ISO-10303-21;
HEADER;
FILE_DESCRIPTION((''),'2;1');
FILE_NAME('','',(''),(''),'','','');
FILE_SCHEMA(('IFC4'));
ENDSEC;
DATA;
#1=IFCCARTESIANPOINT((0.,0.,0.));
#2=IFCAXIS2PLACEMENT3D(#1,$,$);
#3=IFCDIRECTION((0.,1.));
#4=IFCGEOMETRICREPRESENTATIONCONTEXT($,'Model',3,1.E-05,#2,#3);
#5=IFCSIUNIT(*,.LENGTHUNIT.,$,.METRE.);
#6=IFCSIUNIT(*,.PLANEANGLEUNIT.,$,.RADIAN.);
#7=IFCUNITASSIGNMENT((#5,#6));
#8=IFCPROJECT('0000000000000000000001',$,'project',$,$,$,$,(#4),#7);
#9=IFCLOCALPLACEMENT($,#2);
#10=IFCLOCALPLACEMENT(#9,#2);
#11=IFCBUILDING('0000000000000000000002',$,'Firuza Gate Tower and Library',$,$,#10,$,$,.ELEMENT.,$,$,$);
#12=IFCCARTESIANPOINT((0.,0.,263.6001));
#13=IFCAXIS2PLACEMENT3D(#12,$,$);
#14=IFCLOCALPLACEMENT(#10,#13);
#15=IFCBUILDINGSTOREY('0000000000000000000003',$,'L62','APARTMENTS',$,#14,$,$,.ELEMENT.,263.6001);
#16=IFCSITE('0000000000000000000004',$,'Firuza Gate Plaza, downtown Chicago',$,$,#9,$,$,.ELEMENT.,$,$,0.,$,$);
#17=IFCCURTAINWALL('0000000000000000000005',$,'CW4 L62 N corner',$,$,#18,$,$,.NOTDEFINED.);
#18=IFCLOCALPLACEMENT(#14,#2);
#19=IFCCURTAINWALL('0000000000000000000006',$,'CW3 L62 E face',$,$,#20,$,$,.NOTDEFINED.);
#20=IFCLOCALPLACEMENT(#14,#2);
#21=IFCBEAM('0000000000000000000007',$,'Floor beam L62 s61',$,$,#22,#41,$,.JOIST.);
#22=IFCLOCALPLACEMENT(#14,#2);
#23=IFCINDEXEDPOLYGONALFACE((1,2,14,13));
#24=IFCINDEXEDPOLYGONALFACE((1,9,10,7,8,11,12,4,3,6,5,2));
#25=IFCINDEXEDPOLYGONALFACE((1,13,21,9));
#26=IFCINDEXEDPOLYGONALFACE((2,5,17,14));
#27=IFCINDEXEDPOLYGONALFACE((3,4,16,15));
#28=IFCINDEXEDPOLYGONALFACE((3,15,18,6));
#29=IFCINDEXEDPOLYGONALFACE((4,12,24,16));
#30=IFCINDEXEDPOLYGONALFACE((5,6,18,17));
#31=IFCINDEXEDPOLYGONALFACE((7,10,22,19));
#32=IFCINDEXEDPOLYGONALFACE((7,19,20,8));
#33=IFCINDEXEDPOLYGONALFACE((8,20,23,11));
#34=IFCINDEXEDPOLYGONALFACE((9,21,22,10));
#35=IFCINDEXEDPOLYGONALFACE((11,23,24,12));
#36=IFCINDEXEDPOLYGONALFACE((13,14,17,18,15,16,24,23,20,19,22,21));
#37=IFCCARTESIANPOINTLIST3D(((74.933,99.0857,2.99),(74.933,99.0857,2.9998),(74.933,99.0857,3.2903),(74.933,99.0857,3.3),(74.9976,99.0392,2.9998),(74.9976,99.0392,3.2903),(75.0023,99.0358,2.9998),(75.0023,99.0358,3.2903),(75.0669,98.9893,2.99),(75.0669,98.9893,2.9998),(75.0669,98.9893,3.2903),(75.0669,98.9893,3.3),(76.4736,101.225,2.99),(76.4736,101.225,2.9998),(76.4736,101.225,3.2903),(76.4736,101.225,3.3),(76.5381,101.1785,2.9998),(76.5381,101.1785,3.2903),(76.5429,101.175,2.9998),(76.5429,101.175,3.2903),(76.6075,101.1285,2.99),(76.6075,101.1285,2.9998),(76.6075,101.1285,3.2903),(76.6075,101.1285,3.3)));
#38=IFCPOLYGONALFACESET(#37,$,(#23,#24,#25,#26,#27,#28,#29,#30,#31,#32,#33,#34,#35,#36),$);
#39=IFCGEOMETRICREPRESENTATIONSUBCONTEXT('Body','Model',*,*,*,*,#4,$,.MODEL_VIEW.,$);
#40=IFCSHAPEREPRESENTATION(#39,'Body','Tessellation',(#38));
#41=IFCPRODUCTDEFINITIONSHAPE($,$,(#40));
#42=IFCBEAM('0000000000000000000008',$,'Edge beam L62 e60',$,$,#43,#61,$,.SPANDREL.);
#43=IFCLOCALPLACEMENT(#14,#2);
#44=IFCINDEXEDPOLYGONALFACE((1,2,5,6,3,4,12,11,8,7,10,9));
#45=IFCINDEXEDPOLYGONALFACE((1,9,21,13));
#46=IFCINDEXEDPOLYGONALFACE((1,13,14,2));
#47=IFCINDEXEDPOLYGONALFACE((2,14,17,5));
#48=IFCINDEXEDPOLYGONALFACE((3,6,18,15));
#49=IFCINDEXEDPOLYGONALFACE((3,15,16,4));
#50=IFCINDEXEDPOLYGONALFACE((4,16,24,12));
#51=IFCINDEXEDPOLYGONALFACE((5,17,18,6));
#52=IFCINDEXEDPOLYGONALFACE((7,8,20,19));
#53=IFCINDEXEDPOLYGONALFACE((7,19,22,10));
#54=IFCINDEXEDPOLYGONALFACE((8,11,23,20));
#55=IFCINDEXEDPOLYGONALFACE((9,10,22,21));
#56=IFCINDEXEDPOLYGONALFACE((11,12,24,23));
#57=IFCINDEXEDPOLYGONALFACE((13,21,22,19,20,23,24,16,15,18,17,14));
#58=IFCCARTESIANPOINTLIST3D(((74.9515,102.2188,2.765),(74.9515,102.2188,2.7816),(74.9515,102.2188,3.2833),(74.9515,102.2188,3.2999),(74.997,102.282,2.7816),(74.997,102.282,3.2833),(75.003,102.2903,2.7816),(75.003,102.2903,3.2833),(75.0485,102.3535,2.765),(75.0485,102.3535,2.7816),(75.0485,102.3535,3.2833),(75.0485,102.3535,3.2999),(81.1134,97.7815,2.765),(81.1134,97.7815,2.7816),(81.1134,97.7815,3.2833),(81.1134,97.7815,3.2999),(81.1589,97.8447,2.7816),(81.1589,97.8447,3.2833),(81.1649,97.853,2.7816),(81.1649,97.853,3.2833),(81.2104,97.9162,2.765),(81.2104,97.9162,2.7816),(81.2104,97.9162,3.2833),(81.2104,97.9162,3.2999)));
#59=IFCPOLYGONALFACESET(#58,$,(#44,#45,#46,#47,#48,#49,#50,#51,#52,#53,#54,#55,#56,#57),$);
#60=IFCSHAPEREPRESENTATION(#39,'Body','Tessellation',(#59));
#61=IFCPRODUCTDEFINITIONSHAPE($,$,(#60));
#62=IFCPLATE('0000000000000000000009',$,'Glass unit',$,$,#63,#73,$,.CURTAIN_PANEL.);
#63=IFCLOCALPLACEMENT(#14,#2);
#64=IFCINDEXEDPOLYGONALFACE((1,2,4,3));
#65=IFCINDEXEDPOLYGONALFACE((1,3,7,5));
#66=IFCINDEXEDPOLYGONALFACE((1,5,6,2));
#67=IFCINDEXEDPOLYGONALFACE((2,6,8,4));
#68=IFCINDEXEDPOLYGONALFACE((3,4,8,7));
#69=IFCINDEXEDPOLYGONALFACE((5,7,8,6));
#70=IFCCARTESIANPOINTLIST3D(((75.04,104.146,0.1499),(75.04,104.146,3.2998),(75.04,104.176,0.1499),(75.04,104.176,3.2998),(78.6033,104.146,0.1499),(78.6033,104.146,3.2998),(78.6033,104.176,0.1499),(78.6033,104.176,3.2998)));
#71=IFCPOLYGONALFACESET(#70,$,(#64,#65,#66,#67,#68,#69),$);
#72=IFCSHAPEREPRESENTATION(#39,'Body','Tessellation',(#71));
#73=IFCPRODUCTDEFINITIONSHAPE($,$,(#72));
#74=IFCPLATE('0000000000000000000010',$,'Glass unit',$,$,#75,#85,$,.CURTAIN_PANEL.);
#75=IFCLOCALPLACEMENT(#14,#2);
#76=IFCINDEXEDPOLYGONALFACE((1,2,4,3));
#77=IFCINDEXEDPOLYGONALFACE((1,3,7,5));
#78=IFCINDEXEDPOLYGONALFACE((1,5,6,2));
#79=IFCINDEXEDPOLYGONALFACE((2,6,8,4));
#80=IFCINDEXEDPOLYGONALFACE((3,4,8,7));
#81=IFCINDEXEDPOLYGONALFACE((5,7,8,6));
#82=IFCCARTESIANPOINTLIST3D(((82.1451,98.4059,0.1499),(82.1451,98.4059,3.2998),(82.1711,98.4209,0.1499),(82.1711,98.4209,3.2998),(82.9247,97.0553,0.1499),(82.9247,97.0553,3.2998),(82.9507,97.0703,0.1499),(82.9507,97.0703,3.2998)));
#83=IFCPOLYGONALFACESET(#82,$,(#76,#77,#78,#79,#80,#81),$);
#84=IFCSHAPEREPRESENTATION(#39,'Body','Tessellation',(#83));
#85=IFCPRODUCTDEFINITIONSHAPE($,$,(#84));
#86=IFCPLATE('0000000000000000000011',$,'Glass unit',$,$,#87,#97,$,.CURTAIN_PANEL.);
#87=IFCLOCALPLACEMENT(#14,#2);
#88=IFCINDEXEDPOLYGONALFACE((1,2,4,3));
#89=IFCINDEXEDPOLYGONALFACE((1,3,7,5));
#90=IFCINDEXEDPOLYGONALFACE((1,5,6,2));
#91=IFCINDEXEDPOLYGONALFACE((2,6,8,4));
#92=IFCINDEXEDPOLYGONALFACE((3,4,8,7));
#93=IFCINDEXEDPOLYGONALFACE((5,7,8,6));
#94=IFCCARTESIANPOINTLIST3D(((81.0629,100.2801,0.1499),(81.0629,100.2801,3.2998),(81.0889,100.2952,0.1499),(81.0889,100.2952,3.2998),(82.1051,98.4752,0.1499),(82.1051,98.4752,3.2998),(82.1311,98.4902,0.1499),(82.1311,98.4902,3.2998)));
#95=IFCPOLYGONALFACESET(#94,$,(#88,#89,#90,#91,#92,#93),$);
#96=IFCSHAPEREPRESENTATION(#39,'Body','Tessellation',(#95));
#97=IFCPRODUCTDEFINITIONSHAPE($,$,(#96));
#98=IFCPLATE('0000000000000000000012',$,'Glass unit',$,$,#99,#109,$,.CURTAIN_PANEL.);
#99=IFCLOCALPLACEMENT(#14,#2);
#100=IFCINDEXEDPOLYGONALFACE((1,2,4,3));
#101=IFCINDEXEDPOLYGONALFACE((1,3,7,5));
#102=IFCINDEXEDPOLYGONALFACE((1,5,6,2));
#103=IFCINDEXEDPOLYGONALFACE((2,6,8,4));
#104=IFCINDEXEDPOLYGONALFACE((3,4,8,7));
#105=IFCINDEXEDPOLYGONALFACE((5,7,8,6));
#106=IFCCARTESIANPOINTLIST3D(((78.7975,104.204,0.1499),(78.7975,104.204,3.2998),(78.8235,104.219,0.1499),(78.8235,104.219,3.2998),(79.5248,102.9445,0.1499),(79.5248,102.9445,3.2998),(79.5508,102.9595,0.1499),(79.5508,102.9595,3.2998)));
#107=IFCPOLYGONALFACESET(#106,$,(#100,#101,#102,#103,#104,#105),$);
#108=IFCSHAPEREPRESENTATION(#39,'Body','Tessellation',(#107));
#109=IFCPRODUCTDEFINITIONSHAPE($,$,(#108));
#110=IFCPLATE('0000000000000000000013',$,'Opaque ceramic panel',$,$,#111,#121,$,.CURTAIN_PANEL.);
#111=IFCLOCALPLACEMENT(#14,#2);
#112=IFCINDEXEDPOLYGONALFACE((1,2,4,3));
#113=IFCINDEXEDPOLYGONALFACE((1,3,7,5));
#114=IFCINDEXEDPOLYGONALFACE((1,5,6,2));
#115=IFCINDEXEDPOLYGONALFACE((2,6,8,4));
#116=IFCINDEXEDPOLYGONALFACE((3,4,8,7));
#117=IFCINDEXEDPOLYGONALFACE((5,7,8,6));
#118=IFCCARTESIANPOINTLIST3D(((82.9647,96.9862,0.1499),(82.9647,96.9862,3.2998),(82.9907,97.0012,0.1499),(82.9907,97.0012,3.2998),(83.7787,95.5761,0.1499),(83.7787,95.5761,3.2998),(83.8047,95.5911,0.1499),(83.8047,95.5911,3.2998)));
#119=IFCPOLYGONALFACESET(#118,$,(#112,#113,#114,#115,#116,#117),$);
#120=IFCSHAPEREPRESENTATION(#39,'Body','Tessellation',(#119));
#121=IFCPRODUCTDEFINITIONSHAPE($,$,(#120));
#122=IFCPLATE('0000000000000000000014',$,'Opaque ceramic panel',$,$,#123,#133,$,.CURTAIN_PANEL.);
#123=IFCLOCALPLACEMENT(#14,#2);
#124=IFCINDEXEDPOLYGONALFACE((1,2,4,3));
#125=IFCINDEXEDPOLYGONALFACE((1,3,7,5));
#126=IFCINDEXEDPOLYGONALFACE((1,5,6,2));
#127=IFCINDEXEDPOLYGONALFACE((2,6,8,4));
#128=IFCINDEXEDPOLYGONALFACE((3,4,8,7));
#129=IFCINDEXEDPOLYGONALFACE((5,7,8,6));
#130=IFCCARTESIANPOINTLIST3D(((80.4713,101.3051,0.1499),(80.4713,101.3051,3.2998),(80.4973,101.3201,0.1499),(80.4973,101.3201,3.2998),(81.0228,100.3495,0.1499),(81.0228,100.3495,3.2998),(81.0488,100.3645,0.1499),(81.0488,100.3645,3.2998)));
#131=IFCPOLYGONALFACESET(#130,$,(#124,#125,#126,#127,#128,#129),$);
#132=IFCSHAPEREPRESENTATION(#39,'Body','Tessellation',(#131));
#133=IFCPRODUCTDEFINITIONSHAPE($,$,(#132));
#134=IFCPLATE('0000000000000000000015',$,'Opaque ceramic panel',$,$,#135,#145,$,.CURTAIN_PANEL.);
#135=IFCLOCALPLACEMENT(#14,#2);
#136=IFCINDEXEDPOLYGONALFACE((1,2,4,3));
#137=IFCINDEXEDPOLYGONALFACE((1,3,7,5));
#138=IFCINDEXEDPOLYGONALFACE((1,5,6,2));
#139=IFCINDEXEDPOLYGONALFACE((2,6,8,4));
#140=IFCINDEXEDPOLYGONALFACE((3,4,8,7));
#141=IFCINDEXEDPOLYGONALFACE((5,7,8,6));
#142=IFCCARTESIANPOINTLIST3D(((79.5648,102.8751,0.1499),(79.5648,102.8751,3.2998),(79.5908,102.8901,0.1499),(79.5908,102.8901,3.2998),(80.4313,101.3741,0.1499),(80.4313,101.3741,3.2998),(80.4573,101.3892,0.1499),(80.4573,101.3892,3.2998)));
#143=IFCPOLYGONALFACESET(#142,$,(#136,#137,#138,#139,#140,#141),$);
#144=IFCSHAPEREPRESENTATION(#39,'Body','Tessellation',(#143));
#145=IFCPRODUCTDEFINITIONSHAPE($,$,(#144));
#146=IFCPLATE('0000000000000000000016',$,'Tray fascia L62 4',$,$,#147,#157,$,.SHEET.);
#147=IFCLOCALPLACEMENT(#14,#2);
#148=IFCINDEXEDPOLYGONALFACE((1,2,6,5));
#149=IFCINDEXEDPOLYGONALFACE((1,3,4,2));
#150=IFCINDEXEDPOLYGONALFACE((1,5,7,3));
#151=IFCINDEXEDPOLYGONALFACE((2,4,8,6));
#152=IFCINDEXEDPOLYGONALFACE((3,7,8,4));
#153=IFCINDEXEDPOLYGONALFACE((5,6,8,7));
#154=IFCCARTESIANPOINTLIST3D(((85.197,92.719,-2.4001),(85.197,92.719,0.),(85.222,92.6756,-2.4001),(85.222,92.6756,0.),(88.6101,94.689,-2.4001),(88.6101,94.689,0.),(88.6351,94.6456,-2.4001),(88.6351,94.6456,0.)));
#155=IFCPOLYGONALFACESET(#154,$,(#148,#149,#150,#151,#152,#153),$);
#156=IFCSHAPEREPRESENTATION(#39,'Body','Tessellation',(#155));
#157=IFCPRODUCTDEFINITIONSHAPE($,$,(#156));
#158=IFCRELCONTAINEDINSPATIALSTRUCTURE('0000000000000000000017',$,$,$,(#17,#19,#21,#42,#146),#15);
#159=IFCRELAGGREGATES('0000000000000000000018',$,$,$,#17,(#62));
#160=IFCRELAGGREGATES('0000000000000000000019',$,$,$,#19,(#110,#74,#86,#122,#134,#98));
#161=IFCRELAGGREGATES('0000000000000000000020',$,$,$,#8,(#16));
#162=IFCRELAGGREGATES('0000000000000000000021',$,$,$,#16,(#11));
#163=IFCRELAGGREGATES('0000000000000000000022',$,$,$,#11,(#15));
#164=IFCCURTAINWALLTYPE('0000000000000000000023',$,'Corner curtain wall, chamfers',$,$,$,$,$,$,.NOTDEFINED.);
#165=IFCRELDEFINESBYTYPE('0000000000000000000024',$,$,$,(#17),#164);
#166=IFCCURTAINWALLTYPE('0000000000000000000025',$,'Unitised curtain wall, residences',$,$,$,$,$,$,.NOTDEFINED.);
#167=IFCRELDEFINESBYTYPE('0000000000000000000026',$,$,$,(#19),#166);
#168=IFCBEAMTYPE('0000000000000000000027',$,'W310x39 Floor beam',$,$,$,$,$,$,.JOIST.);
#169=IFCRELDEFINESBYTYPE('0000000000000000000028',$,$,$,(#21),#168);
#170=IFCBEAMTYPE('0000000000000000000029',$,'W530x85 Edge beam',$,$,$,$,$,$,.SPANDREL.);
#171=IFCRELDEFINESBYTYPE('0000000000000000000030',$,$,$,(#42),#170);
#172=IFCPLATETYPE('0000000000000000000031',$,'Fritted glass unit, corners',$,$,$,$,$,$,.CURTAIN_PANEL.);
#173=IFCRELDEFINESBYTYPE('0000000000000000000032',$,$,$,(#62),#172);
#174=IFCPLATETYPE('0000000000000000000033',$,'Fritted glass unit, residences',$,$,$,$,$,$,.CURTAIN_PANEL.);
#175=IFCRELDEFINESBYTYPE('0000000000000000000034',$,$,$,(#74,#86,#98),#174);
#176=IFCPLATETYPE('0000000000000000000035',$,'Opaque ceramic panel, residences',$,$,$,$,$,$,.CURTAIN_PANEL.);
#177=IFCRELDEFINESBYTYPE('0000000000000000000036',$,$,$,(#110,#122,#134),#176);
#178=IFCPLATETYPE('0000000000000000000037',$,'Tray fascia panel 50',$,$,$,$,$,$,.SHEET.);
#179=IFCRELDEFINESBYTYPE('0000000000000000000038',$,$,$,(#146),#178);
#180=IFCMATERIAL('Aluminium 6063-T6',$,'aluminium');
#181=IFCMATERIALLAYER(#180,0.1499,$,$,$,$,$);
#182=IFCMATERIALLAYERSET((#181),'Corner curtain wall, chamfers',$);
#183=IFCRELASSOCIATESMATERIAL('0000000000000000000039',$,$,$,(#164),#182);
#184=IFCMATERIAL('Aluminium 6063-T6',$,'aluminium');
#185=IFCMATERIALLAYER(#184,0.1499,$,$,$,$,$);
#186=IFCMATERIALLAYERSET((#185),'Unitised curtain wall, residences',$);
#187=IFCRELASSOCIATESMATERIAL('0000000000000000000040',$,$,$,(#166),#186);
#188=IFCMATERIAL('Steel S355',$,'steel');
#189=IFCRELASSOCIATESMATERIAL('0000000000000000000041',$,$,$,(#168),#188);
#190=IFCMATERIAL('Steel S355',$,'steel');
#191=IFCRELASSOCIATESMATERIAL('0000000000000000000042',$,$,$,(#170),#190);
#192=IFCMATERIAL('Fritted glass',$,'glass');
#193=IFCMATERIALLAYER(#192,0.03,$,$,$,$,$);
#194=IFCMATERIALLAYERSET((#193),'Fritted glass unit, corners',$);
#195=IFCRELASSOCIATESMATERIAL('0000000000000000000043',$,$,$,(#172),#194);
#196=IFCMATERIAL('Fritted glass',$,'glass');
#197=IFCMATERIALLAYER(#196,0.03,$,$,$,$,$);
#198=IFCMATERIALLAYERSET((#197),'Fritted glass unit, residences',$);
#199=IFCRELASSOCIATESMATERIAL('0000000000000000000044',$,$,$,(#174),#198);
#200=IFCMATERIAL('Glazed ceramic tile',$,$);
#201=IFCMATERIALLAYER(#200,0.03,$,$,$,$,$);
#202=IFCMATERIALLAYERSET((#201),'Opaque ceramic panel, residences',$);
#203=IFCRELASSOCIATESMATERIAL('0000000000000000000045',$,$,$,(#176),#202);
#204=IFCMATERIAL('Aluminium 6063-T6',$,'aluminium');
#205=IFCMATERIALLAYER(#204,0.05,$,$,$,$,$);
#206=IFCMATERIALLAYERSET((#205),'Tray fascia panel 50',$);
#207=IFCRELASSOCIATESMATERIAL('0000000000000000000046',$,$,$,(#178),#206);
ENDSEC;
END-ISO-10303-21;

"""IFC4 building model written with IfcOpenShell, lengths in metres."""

from ifc_helpers import new_model, si_unit, direction, frame, origin, origin_2d, place, context, subcontext, project, spatial, polyline, i_section, outline, extrude, material, layer, layer_set, material_profile, profile_set, type_object, element, aggregate, save


model = new_model("IFC4")

# Units and contexts
model_context = context("Model", 3, precision=1e-05, world=origin(), true_north=direction((0.0, 1.0)))
body_context = subcontext(model_context, "Body", "Model", "MODEL_VIEW")
ifc_project = project(units=[si_unit("LENGTHUNIT", "METRE"), si_unit("PLANEANGLEUNIT", "RADIAN")], contexts=[model_context])

# Site, building, storey
site_placement = place(None, origin())
site = spatial("IfcSite", under=ifc_project, at=site_placement, Name="Firuza Gate Plaza, downtown Chicago", CompositionType="ELEMENT", RefElevation=0.0)
building_placement = place(site_placement, origin())
building = spatial("IfcBuilding", under=site, at=building_placement, Name="Firuza Gate Tower and Library", CompositionType="ELEMENT")
storey_placement = place(building_placement, frame((0.0, 0.0, 263.6001)))
storey = spatial("IfcBuildingStorey", under=building, at=storey_placement, Name="L62", Description="APARTMENTS", CompositionType="ELEMENT", Elevation=263.6001)

# Curtain wall
ifc_material_1 = material(Name="Aluminium 6063-T6", Category="aluminium")
ifc_layer_1 = layer(ifc_material_1, 0.1499)
ifc_layer_set_1 = layer_set([ifc_layer_1], Name="Corner curtain wall, chamfers")
curtain_wall_type_1 = type_object("IfcCurtainWallType", Name="Corner curtain wall, chamfers", PredefinedType="NOTDEFINED", material=ifc_layer_set_1)
placement = place(storey_placement, origin())
curtain_wall_1 = element("IfcCurtainWall", 1, at=placement, inside=storey, type_object=curtain_wall_type_1, Name="CW4 L62 N corner", PredefinedType="NOTDEFINED")

# Curtain wall
ifc_material_2 = material(Name="Aluminium 6063-T6", Category="aluminium")
ifc_layer_2 = layer(ifc_material_2, 0.1499)
ifc_layer_set_2 = layer_set([ifc_layer_2], Name="Unitised curtain wall, residences")
curtain_wall_type_2 = type_object("IfcCurtainWallType", Name="Unitised curtain wall, residences", PredefinedType="NOTDEFINED", material=ifc_layer_set_2)
curtain_wall_2 = element("IfcCurtainWall", 2, at=placement, inside=storey, type_object=curtain_wall_type_2, Name="CW3 L62 E face", PredefinedType="NOTDEFINED")

# Beams
ifc_material_3 = material(Name="Steel S355", Category="steel")
ifc_material_profile_1 = material_profile(ifc_material_3, i_section(OverallWidth=0.165, OverallDepth=0.3101, WebThickness=0.0059, FlangeThickness=0.0098, at=origin_2d()))
ifc_profile_set_1 = profile_set([ifc_material_profile_1], Name="Steel S355")
beam_type_1 = type_object("IfcBeamType", Name="W310x39 Floor beam", PredefinedType="JOIST", material=ifc_profile_set_1)
beam_1_placement = place(storey_placement, frame((76.5405, 101.1768, 3.145), z_axis=(-0.584388, -0.811475, 0.0), x_axis=(0.811475, -0.584388, 0.0)))
element("IfcBeam", 3, at=beam_1_placement, inside=storey, type_object=beam_type_1, Name="Floor beam L62 s61", PredefinedType="JOIST", context=body_context, shape_type="SweptSolid", body=[
    extrude(i_section(OverallWidth=0.165, OverallDepth=0.3101, WebThickness=0.0059, FlangeThickness=0.0098, at=origin_2d()), origin(), (0.0, 0.0, 1.0), 2.6362),
])
ifc_material_4 = material(Name="Steel S355", Category="steel")
ifc_material_profile_2 = material_profile(ifc_material_4, i_section(OverallWidth=0.166, OverallDepth=0.5349, WebThickness=0.0103, FlangeThickness=0.0166, at=origin_2d()))
ifc_profile_set_2 = profile_set([ifc_material_profile_2], Name="Steel S355")
beam_type_2 = type_object("IfcBeamType", Name="W530x85 Edge beam", PredefinedType="SPANDREL", material=ifc_profile_set_2)
beam_2_placement = place(storey_placement, frame((81.1619, 97.8489, 3.0325), z_axis=(-0.81149, 0.584367, 0.0), x_axis=(-0.584367, -0.81149, 0.0)))
element("IfcBeam", 4, at=beam_2_placement, inside=storey, type_object=beam_type_2, Name="Edge beam L62 e60", PredefinedType="SPANDREL", context=body_context, shape_type="SweptSolid", body=[
    extrude(i_section(OverallWidth=0.166, OverallDepth=0.5349, WebThickness=0.0103, FlangeThickness=0.0166, at=origin_2d()), origin(), (0.0, 0.0, 1.0), 7.5933),
])

# Plates
ifc_material_5 = material(Name="Fritted glass", Category="glass")
ifc_layer_3 = layer(ifc_material_5, 0.03)
ifc_layer_set_3 = layer_set([ifc_layer_3], Name="Fritted glass unit, corners")
plate_type_1 = type_object("IfcPlateType", Name="Fritted glass unit, corners", PredefinedType="CURTAIN_PANEL", material=ifc_layer_set_3)
plate_1_placement = place(storey_placement, frame((78.6033, 104.176, 0.1499), z_axis=(0.0, 1.0, 0.0), x_axis=(-1.0, 0.0, 0.0)))
plate_1 = element("IfcPlate", 5, at=plate_1_placement, type_object=plate_type_1, Name="Glass unit", PredefinedType="CURTAIN_PANEL", context=body_context, shape_type="SweptSolid", body=[
    extrude(outline(polyline([(0.0, 0.0), (3.5632, 0.0), (3.5632, 3.1499), (0.0, 3.1499), (0.0, 0.0)])), origin(), (0.0, 0.0, -1.0), 0.03),
])
aggregate(curtain_wall_1, [plate_1])
ifc_material_6 = material(Name="Fritted glass", Category="glass")
ifc_layer_4 = layer(ifc_material_6, 0.03)
ifc_layer_set_4 = layer_set([ifc_layer_4], Name="Fritted glass unit, residences")
plate_type_2 = type_object("IfcPlateType", Name="Fritted glass unit, residences", PredefinedType="CURTAIN_PANEL", material=ifc_layer_set_4)
plate_2_placement = place(storey_placement, frame((82.9507, 97.0703, 0.1499), z_axis=(0.866087, 0.499894, 0.0), x_axis=(-0.499894, 0.866087, 0.0)))
plate_2 = element("IfcPlate", 6, at=plate_2_placement, type_object=plate_type_2, Name="Glass unit", PredefinedType="CURTAIN_PANEL", context=body_context, shape_type="SweptSolid", body=[
    extrude(outline(polyline([(0.0, 0.0), (1.5594, 0.0), (1.5594, 3.1499), (0.0, 3.1499), (0.0, 0.0)])), origin(), (0.0, 0.0, -1.0), 0.03),
])
plate_3_placement = place(storey_placement, frame((82.1311, 98.4902, 0.1499), z_axis=(0.865992, 0.500057, 0.0), x_axis=(-0.500057, 0.865992, 0.0)))
plate_3 = element("IfcPlate", 7, at=plate_3_placement, type_object=plate_type_2, Name="Glass unit", PredefinedType="CURTAIN_PANEL", context=body_context, shape_type="SweptSolid", body=[
    extrude(outline(polyline([(0.0, 0.0), (2.0842, 0.0), (2.0842, 3.1499), (0.0, 3.1499), (0.0, 0.0)])), origin(), (0.0, 0.0, -1.0), 0.03),
])
plate_4_placement = place(storey_placement, frame((79.5508, 102.9595, 0.1499), z_axis=(0.865993, 0.500057, 0.0), x_axis=(-0.500057, 0.865993, 0.0)))
plate_4 = element("IfcPlate", 8, at=plate_4_placement, type_object=plate_type_2, Name="Glass unit", PredefinedType="CURTAIN_PANEL", context=body_context, shape_type="SweptSolid", body=[
    extrude(outline(polyline([(0.0, 0.0), (1.4544, 0.0), (1.4544, 3.1499), (0.0, 3.1499), (0.0, 0.0)])), origin(), (0.0, 0.0, -1.0), 0.03),
])
ifc_material_7 = material(Name="Glazed ceramic tile")
ifc_layer_5 = layer(ifc_material_7, 0.03)
ifc_layer_set_5 = layer_set([ifc_layer_5], Name="Opaque ceramic panel, residences")
plate_type_3 = type_object("IfcPlateType", Name="Opaque ceramic panel, residences", PredefinedType="CURTAIN_PANEL", material=ifc_layer_set_5)
plate_5_placement = place(storey_placement, frame((83.8047, 95.5911, 0.1499), z_axis=(0.866076, 0.499913, 0.0), x_axis=(-0.499913, 0.866076, 0.0)))
plate_5 = element("IfcPlate", 9, at=plate_5_placement, type_object=plate_type_3, Name="Opaque ceramic panel", PredefinedType="CURTAIN_PANEL", context=body_context, shape_type="SweptSolid", body=[
    extrude(outline(polyline([(0.0, 0.0), (1.6282, 0.0), (1.6282, 3.1499), (0.0, 3.1499), (0.0, 0.0)])), origin(), (0.0, 0.0, -1.0), 0.03),
])
plate_6_placement = place(storey_placement, frame((81.0488, 100.3645, 0.1499), z_axis=(0.866097, 0.499876, 0.0), x_axis=(-0.499876, 0.866097, 0.0)))
plate_6 = element("IfcPlate", 10, at=plate_6_placement, type_object=plate_type_3, Name="Opaque ceramic panel", PredefinedType="CURTAIN_PANEL", context=body_context, shape_type="SweptSolid", body=[
    extrude(outline(polyline([(0.0, 0.0), (1.1033, 0.0), (1.1033, 3.1499), (0.0, 3.1499), (0.0, 0.0)])), origin(), (0.0, 0.0, -1.0), 0.03),
])
plate_7_placement = place(storey_placement, frame((80.4573, 101.3892, 0.1499), z_axis=(0.866059, 0.499942, 0.0), x_axis=(-0.499942, 0.866059, 0.0)))
plate_7 = element("IfcPlate", 11, at=plate_7_placement, type_object=plate_type_3, Name="Opaque ceramic panel", PredefinedType="CURTAIN_PANEL", context=body_context, shape_type="SweptSolid", body=[
    extrude(outline(polyline([(0.0, 0.0), (1.7331, 0.0), (1.7331, 3.1499), (0.0, 3.1499), (0.0, 0.0)])), origin(), (0.0, 0.0, -1.0), 0.03),
])
aggregate(curtain_wall_2, [plate_5, plate_2, plate_3, plate_6, plate_7, plate_4])
ifc_material_8 = material(Name="Aluminium 6063-T6", Category="aluminium")
ifc_layer_6 = layer(ifc_material_8, 0.05)
ifc_layer_set_6 = layer_set([ifc_layer_6], Name="Tray fascia panel 50")
plate_type_4 = type_object("IfcPlateType", Name="Tray fascia panel 50", PredefinedType="SHEET", material=ifc_layer_set_6)
plate_8_placement = place(storey_placement, frame((88.6101, 94.689, -2.4001), z_axis=(-0.49989, 0.866089, 0.0), x_axis=(-0.866089, -0.49989, 0.0)))
element("IfcPlate", 12, at=plate_8_placement, inside=storey, type_object=plate_type_4, Name="Tray fascia L62 4", PredefinedType="SHEET", context=body_context, shape_type="SweptSolid", body=[
    extrude(outline(polyline([(0.0, 0.0), (3.9408, 0.0), (3.9408, 2.4001), (0.0, 2.4001), (0.0, 0.0)])), origin(), (0.0, 0.0, -1.0), 0.05),
])

save(model, "model.ifc")
